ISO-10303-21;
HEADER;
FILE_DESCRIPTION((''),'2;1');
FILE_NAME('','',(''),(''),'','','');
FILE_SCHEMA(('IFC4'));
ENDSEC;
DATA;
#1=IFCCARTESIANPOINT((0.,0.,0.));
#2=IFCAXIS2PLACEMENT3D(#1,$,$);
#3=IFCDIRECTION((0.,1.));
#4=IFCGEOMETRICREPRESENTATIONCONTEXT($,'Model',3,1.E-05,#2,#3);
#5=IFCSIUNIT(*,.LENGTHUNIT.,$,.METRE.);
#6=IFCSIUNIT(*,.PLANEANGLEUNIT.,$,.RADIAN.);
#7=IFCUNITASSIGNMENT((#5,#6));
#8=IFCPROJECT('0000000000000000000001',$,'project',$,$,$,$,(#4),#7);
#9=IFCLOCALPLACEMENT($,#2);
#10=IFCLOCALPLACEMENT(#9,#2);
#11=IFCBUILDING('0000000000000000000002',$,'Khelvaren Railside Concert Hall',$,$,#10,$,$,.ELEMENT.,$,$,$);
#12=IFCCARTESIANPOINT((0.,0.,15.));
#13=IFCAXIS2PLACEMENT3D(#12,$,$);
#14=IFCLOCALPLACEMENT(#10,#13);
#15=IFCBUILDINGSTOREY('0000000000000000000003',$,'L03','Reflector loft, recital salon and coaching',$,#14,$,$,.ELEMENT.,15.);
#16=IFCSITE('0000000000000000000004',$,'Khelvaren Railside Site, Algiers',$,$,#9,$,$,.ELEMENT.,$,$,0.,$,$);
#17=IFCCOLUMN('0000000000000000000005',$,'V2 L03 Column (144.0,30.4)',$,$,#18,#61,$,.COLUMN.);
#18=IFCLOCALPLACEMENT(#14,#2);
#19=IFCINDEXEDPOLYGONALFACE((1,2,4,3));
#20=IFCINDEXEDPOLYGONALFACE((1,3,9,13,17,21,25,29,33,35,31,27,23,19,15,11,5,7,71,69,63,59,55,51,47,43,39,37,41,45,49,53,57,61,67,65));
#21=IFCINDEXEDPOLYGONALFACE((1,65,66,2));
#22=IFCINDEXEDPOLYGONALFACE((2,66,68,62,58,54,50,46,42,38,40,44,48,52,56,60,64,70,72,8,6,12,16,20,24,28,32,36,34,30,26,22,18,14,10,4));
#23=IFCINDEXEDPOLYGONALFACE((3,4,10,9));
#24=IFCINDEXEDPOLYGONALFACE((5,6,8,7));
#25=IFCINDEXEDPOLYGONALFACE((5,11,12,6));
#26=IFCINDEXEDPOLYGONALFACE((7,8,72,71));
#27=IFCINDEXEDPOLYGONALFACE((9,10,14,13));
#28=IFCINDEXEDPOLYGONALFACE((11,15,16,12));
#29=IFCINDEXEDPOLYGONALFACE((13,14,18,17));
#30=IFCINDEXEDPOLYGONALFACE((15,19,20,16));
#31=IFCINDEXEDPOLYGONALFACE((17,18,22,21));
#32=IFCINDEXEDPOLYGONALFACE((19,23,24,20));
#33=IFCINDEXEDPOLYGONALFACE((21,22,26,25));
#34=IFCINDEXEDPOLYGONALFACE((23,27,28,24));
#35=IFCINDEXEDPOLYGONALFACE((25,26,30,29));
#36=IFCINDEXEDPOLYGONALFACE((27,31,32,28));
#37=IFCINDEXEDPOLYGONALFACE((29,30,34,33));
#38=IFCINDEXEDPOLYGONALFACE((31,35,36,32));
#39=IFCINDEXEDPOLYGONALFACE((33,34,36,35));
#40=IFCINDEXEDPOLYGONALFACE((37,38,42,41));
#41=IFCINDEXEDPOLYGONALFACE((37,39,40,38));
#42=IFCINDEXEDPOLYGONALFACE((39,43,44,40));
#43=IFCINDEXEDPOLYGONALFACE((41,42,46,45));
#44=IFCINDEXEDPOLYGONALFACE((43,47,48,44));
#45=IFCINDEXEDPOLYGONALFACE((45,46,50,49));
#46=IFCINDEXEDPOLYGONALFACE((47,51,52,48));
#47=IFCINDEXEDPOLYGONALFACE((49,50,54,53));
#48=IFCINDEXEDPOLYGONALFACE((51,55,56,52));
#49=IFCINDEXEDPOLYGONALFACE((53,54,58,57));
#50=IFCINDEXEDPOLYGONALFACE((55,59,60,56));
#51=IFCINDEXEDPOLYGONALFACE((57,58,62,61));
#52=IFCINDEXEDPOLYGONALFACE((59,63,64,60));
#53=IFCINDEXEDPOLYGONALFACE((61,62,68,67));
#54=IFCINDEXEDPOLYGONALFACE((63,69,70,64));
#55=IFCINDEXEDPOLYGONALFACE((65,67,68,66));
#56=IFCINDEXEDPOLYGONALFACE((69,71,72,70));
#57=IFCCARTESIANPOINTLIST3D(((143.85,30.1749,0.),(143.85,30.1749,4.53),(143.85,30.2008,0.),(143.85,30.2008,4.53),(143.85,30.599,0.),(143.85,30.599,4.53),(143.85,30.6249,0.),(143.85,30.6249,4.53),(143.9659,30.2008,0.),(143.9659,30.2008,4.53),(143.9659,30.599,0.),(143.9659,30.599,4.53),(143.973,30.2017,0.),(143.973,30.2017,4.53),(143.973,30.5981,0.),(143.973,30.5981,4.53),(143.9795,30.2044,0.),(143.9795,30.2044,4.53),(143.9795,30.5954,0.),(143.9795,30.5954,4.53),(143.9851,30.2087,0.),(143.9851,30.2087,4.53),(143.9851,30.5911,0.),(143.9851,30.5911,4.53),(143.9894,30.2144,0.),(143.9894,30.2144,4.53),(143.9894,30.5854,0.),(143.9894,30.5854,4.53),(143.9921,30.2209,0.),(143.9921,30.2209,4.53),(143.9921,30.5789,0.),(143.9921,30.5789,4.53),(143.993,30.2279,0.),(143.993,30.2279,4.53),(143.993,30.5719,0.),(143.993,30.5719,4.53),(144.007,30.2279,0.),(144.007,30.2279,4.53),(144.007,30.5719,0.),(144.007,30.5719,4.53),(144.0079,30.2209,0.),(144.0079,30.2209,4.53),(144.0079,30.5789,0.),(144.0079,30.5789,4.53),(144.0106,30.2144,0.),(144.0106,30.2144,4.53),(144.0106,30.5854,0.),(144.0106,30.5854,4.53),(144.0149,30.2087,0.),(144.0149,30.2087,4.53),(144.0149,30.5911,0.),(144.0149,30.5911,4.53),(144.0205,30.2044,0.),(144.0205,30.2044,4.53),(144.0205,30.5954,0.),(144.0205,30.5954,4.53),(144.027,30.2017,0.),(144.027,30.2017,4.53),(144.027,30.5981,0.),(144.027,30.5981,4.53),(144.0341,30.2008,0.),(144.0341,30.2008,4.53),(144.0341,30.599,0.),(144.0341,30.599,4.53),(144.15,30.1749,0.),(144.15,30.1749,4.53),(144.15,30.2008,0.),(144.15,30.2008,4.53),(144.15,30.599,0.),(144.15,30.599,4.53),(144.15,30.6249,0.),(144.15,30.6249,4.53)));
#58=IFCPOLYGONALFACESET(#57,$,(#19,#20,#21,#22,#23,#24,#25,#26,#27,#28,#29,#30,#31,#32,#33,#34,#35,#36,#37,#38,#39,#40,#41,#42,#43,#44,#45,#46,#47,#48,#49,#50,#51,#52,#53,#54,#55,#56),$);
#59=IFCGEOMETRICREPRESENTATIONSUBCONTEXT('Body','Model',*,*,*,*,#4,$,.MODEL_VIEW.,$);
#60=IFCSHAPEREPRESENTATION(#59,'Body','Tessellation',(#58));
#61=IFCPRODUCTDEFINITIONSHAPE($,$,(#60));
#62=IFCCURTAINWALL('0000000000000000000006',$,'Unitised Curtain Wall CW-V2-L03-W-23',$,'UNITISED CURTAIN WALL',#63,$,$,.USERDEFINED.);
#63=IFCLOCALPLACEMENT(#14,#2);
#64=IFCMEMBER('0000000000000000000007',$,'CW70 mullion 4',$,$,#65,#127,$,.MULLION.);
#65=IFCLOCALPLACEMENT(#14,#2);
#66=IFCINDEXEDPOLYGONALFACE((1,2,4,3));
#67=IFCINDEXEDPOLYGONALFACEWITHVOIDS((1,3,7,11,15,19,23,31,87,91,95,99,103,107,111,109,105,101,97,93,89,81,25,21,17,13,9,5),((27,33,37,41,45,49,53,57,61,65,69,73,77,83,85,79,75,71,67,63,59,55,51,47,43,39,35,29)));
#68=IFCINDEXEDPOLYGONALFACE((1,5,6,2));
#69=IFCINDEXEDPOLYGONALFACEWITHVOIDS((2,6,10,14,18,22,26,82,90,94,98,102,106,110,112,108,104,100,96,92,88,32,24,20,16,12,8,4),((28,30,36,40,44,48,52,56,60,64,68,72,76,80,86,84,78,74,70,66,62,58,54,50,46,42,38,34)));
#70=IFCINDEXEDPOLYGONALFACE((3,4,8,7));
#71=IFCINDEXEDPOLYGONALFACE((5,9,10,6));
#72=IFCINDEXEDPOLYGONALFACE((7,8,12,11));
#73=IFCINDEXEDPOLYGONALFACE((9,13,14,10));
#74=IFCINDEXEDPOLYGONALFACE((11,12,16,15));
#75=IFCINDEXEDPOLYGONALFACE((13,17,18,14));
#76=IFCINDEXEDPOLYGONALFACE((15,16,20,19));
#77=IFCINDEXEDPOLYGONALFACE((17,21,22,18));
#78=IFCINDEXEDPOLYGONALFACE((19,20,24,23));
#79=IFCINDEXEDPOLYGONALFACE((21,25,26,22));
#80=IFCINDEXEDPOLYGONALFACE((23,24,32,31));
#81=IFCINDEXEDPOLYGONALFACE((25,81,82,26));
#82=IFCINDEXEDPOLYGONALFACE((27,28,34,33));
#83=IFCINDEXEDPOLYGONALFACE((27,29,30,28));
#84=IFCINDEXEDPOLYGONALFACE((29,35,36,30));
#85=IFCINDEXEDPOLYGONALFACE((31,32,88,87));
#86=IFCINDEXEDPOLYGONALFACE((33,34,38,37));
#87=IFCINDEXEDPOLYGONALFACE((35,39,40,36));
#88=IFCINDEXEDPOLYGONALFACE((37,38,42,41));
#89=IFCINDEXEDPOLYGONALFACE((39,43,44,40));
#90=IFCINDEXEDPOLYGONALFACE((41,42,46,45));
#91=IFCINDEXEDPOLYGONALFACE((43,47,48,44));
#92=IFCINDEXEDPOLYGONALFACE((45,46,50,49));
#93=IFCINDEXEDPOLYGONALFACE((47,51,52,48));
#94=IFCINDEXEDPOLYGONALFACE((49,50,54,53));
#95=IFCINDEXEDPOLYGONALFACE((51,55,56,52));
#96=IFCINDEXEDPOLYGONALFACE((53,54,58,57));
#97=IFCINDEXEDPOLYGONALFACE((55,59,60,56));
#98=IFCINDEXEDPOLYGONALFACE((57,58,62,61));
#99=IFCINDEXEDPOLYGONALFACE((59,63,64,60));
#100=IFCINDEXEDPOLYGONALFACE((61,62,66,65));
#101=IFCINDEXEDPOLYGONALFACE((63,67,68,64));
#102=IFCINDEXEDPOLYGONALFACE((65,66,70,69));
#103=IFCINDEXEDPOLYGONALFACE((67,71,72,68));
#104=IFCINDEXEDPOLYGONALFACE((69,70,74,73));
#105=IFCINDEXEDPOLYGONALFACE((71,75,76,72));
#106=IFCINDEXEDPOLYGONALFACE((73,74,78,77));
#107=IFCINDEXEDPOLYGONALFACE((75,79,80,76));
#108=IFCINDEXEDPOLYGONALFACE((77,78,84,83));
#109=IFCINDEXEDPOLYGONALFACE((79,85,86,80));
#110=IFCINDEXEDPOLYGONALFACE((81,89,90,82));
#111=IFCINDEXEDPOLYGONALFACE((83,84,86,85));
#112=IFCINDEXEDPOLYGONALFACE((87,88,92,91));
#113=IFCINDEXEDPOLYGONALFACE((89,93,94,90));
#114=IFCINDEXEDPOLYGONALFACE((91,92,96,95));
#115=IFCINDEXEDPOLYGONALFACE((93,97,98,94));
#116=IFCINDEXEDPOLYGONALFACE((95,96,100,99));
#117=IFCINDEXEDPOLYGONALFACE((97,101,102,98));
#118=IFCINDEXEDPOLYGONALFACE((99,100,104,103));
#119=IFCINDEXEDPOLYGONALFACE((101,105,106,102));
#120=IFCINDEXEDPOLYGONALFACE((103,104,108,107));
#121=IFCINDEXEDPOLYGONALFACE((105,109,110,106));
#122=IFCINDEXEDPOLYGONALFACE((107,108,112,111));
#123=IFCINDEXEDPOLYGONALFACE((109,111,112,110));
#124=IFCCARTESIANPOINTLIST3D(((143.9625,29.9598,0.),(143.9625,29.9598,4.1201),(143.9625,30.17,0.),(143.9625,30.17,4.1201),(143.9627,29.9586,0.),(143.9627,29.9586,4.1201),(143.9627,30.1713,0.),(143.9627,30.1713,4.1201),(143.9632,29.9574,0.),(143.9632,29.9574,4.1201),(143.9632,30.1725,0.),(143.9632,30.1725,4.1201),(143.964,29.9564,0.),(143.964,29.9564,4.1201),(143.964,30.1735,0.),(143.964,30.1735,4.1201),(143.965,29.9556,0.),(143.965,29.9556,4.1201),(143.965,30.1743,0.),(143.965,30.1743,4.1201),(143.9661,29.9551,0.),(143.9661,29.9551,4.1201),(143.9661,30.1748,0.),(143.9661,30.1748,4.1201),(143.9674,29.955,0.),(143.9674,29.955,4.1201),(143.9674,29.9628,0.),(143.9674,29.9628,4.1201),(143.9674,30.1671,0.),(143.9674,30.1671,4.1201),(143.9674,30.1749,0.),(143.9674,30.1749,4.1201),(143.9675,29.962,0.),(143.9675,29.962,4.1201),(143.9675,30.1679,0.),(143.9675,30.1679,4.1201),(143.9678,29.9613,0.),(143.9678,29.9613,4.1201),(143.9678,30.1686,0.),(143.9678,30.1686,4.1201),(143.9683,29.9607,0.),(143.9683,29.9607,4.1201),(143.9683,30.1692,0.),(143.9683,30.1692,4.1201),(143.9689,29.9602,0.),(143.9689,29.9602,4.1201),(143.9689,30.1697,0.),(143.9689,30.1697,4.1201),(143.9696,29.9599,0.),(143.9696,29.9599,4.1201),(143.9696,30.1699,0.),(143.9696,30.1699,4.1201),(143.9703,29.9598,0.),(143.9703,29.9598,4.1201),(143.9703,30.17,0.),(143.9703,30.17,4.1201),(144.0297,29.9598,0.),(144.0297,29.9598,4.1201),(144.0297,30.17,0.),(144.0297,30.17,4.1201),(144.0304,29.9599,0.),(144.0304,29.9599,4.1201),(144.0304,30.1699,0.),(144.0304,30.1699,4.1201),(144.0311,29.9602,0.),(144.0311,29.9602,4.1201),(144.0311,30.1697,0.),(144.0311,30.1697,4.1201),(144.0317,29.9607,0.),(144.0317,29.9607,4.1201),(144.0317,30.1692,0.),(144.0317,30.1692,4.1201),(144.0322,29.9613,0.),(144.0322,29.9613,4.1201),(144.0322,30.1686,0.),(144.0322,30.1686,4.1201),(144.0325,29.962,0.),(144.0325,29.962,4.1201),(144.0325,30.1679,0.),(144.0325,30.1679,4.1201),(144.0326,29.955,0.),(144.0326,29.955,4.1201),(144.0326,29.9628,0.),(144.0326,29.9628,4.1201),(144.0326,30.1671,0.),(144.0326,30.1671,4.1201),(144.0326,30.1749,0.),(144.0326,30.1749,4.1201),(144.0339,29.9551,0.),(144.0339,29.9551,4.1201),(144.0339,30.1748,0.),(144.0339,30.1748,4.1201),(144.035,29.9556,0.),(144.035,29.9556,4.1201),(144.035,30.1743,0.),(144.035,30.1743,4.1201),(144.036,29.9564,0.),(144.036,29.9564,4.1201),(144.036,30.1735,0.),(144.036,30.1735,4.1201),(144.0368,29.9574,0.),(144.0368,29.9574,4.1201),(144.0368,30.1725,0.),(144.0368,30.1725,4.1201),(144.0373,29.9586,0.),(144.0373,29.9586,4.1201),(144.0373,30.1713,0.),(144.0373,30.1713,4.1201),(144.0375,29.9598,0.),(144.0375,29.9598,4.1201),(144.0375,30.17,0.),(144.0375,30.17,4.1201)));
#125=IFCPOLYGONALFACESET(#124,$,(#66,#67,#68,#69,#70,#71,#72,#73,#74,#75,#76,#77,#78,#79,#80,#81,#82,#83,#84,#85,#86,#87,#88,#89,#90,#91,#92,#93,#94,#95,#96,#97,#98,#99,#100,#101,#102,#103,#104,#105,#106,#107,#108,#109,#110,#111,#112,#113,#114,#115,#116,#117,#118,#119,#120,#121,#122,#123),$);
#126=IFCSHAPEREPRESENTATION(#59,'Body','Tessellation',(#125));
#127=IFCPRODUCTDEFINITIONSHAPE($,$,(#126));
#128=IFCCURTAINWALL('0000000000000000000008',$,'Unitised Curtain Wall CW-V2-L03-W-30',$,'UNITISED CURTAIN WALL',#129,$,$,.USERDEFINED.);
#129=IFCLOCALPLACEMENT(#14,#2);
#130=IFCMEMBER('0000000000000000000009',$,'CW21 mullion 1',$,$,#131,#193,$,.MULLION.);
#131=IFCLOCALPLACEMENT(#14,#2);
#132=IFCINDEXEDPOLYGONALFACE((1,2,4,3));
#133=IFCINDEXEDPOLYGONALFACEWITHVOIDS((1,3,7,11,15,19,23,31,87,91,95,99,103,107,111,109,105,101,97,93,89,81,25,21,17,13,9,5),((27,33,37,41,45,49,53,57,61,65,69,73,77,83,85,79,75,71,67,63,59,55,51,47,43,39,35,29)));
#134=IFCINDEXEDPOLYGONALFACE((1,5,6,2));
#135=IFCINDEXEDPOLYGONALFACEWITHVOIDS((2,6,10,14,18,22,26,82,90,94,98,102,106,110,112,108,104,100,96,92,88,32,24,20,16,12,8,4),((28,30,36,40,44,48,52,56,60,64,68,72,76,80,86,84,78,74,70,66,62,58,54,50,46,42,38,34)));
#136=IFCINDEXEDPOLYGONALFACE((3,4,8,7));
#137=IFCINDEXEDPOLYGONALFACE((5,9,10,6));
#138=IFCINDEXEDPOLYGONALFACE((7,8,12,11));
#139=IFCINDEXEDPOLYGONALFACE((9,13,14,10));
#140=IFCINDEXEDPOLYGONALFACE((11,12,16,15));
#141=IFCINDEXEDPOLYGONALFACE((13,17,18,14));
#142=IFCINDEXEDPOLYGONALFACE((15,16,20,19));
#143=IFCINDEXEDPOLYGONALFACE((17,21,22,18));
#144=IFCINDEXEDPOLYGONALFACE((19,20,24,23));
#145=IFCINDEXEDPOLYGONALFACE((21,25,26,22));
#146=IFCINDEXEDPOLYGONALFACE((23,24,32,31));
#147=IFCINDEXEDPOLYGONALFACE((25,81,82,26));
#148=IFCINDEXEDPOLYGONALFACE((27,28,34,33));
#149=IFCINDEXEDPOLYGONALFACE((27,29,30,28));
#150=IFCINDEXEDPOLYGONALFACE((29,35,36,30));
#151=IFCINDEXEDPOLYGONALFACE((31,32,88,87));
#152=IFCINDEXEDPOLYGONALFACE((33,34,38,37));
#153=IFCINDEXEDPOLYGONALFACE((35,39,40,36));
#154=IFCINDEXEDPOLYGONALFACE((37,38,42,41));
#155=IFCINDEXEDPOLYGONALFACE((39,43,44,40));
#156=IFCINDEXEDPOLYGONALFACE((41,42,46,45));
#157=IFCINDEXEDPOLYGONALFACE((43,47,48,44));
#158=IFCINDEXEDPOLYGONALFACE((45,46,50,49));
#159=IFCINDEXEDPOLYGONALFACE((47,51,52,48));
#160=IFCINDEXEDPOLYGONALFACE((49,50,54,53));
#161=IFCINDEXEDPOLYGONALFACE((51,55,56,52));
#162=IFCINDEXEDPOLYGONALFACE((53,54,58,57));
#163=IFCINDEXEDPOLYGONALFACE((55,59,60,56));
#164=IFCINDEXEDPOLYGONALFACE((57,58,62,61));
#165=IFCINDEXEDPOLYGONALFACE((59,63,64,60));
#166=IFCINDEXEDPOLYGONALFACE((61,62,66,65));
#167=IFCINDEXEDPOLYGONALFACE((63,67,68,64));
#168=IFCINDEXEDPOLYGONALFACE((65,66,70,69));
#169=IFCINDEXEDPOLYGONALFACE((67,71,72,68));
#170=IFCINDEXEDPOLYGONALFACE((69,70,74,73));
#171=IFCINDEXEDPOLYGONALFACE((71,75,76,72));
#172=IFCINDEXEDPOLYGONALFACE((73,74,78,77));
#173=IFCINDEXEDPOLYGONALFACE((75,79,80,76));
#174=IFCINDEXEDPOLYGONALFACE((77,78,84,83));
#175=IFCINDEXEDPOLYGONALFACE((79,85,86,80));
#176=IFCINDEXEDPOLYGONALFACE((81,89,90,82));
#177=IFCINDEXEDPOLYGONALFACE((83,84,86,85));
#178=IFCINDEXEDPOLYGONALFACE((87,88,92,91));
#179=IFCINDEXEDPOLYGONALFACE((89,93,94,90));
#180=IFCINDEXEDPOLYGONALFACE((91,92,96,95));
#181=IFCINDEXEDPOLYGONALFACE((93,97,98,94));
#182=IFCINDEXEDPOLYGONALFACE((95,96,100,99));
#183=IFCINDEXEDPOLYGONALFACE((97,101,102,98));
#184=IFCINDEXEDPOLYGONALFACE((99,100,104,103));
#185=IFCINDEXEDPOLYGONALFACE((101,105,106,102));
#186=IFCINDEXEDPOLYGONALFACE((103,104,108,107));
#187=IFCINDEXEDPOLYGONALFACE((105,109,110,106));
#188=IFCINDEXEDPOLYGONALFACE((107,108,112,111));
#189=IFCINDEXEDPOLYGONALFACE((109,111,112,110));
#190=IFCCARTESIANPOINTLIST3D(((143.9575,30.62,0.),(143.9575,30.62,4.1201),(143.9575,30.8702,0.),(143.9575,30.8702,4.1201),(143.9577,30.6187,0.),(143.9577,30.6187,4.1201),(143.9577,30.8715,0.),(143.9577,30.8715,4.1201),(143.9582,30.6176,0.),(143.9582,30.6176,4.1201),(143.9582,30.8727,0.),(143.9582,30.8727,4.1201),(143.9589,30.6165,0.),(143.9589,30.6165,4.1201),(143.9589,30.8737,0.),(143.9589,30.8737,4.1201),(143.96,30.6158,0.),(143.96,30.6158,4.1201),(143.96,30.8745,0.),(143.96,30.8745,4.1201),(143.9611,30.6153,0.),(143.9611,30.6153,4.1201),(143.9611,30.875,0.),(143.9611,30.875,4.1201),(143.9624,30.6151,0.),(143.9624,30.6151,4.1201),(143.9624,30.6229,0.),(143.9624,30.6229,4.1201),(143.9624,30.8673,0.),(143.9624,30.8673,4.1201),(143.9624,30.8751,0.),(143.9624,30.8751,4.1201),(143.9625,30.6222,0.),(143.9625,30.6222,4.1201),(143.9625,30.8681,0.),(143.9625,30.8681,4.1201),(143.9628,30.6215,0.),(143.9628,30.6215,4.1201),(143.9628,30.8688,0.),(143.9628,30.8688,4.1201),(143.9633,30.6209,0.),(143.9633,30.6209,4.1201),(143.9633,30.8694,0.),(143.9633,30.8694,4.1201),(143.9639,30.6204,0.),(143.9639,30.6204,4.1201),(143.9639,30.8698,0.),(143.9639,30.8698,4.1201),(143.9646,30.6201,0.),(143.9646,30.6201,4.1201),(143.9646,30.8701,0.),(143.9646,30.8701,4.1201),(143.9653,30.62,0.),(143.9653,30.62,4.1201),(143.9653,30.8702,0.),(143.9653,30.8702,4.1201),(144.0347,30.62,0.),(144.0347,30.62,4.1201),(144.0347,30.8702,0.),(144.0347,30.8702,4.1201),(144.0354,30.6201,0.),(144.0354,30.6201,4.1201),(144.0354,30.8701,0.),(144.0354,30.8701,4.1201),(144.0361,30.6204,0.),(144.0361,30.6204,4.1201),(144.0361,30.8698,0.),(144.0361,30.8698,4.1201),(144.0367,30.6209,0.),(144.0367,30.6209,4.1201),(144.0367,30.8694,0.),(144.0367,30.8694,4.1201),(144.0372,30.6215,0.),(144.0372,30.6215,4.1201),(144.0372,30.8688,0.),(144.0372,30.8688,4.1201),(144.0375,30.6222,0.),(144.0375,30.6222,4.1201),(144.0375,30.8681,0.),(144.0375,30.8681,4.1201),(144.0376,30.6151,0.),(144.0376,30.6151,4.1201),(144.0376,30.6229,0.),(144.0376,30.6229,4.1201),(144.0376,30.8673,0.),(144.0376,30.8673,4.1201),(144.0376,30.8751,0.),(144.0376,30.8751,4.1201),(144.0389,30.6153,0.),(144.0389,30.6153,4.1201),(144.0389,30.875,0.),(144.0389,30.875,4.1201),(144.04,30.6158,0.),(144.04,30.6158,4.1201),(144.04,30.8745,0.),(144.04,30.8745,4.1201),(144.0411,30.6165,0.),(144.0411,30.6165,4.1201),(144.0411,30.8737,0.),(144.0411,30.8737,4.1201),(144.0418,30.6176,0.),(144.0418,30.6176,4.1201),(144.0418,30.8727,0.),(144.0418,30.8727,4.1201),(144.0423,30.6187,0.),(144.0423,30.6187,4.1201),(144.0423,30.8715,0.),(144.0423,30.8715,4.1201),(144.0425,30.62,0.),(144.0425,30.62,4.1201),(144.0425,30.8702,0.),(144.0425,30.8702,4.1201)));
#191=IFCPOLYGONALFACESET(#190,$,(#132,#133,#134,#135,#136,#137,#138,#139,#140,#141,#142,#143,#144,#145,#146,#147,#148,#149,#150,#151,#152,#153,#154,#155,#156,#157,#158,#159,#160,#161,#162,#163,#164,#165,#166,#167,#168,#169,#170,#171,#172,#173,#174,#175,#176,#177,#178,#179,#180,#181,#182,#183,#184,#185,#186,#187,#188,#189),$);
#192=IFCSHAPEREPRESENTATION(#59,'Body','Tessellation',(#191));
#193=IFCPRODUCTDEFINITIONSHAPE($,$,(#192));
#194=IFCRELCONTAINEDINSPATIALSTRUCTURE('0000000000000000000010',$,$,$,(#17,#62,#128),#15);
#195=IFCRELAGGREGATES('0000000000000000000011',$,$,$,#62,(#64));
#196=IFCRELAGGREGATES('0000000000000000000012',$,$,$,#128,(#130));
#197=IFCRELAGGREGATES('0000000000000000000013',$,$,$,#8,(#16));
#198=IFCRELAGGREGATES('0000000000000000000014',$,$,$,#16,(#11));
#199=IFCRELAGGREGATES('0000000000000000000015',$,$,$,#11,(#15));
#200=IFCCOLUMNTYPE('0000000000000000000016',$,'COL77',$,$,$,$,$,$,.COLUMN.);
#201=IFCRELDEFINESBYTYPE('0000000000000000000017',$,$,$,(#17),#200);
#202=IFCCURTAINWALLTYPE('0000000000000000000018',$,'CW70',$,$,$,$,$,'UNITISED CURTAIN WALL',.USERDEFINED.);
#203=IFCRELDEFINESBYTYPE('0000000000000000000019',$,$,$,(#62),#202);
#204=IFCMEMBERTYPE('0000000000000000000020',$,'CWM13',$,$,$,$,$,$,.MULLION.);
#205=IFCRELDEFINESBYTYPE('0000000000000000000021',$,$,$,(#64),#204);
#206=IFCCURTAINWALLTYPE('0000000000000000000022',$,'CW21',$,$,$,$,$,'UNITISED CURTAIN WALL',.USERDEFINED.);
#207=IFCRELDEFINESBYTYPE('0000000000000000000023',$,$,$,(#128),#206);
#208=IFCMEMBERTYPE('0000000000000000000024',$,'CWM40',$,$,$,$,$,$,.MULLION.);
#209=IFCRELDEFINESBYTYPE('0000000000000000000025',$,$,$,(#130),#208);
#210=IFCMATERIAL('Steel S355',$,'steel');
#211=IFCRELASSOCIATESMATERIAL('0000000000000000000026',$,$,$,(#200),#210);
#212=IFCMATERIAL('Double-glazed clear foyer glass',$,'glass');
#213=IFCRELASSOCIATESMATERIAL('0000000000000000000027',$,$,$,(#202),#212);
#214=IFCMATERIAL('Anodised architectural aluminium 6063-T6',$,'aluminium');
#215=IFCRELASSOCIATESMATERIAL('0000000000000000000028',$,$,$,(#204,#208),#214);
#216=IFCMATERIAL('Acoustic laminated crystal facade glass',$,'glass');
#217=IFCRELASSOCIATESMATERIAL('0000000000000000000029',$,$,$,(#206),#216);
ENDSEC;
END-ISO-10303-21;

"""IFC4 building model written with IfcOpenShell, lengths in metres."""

from ifc_helpers import new_model, si_unit, direction, frame, origin, origin_2d, place, context, subcontext, project, spatial, hollow_rectangle, i_section, extrude, material, material_profile, profile_set, type_object, element, aggregate, save


model = new_model("IFC4")

# Units and contexts
model_context = context("Model", 3, precision=1e-05, world=origin(), true_north=direction((0.0, 1.0)))
body_context = subcontext(model_context, "Body", "Model", "MODEL_VIEW")
ifc_project = project(units=[si_unit("LENGTHUNIT", "METRE"), si_unit("PLANEANGLEUNIT", "RADIAN")], contexts=[model_context])

# Site, building, storey
site_placement = place(None, origin())
site = spatial("IfcSite", under=ifc_project, at=site_placement, Name="Khelvaren Railside Site, Algiers", CompositionType="ELEMENT", RefElevation=0.0)
building_placement = place(site_placement, origin())
building = spatial("IfcBuilding", under=site, at=building_placement, Name="Khelvaren Railside Concert Hall", CompositionType="ELEMENT")
storey_placement = place(building_placement, frame((0.0, 0.0, 15.0)))
storey = spatial("IfcBuildingStorey", under=building, at=storey_placement, Name="L03", Description="Reflector loft, recital salon and coaching", CompositionType="ELEMENT", Elevation=15.0)

# Column
ifc_material_1 = material(Name="Steel S355", Category="steel")
ifc_material_profile_1 = material_profile(ifc_material_1, i_section(OverallWidth=0.3, OverallDepth=0.45, WebThickness=0.0139, FlangeThickness=0.0259, FilletRadius=0.0271, at=origin_2d()), Name="HEB 450")
ifc_profile_set_1 = profile_set([ifc_material_profile_1], Name="Steel S355")
column_type = type_object("IfcColumnType", Name="COL77", PredefinedType="COLUMN", material=ifc_profile_set_1)
column_placement = place(storey_placement, frame((144.0, 30.3999, 0.0), z_axis=(0.0, 0.0, 1.0), x_axis=(1.0, 0.0, 0.0)))
element("IfcColumn", 1, at=column_placement, inside=storey, type_object=column_type, Name="V2 L03 Column (144.0,30.4)", PredefinedType="COLUMN", context=body_context, shape_type="SweptSolid", body=[
    extrude(i_section(OverallWidth=0.3, OverallDepth=0.45, WebThickness=0.0139, FlangeThickness=0.0259, FilletRadius=0.0271, at=origin_2d()), origin(), (0.0, 0.0, 1.0), 4.53),
])

# Curtain wall, member
ifc_material_2 = material(Name="Double-glazed clear foyer glass", Category="glass")
curtain_wall_type_1 = type_object("IfcCurtainWallType", Name="CW70", ElementType="UNITISED CURTAIN WALL", PredefinedType="USERDEFINED", material=ifc_material_2)
curtain_wall_1_placement = place(storey_placement, origin())
curtain_wall_1 = element("IfcCurtainWall", 2, at=curtain_wall_1_placement, inside=storey, type_object=curtain_wall_type_1, Name="Unitised Curtain Wall CW-V2-L03-W-23", ObjectType="UNITISED CURTAIN WALL", PredefinedType="USERDEFINED")
ifc_material_3 = material(Name="Anodised architectural aluminium 6063-T6", Category="aluminium")
ifc_material_profile_2 = material_profile(ifc_material_3, hollow_rectangle(XDim=0.075, YDim=0.22, WallThickness=0.0049, InnerFilletRadius=0.0029, OuterFilletRadius=0.0049, at=origin_2d()), Name="CWM 75x220x5")
ifc_profile_set_2 = profile_set([ifc_material_profile_2], Name="Anodised architectural aluminium 6063-T6")
member_type_1 = type_object("IfcMemberType", Name="CWM13", PredefinedType="MULLION", material=ifc_profile_set_2)
member_1_placement = place(storey_placement, frame((144.0, 30.0649, 0.0), z_axis=(0.0, 0.0, 1.0), x_axis=(-1.0, 0.0, 0.0)))
member_1 = element("IfcMember", 3, at=member_1_placement, type_object=member_type_1, Name="CW70 mullion 4", PredefinedType="MULLION", context=body_context, shape_type="SweptSolid", body=[
    extrude(hollow_rectangle(XDim=0.075, YDim=0.22, WallThickness=0.0049, InnerFilletRadius=0.0029, OuterFilletRadius=0.0049, at=origin_2d()), origin(), (0.0, 0.0, 1.0), 4.1201),
])

# Curtain wall, member
ifc_material_4 = material(Name="Acoustic laminated crystal facade glass", Category="glass")
curtain_wall_type_2 = type_object("IfcCurtainWallType", Name="CW21", ElementType="UNITISED CURTAIN WALL", PredefinedType="USERDEFINED", material=ifc_material_4)
curtain_wall_2_placement = place(storey_placement, origin())
curtain_wall_2 = element("IfcCurtainWall", 4, at=curtain_wall_2_placement, inside=storey, type_object=curtain_wall_type_2, Name="Unitised Curtain Wall CW-V2-L03-W-30", ObjectType="UNITISED CURTAIN WALL", PredefinedType="USERDEFINED")
ifc_material_profile_3 = material_profile(ifc_material_3, hollow_rectangle(XDim=0.085, YDim=0.26, WallThickness=0.0049, InnerFilletRadius=0.0029, OuterFilletRadius=0.0049, at=origin_2d()), Name="CWM 85x260x5")
ifc_profile_set_3 = profile_set([ifc_material_profile_3], Name="Anodised architectural aluminium 6063-T6")
member_type_2 = type_object("IfcMemberType", Name="CWM40", PredefinedType="MULLION", material=ifc_profile_set_3)
member_2_placement = place(storey_placement, frame((144.0, 30.7451, 0.0), z_axis=(0.0, 0.0, 1.0), x_axis=(-1.0, 0.0, 0.0)))
member_2 = element("IfcMember", 5, at=member_2_placement, type_object=member_type_2, Name="CW21 mullion 1", PredefinedType="MULLION", context=body_context, shape_type="SweptSolid", body=[
    extrude(hollow_rectangle(XDim=0.085, YDim=0.26, WallThickness=0.0049, InnerFilletRadius=0.0029, OuterFilletRadius=0.0049, at=origin_2d()), origin(), (0.0, 0.0, 1.0), 4.1201),
])

aggregate(curtain_wall_1, [member_1])
aggregate(curtain_wall_2, [member_2])

save(model, "model.ifc")
